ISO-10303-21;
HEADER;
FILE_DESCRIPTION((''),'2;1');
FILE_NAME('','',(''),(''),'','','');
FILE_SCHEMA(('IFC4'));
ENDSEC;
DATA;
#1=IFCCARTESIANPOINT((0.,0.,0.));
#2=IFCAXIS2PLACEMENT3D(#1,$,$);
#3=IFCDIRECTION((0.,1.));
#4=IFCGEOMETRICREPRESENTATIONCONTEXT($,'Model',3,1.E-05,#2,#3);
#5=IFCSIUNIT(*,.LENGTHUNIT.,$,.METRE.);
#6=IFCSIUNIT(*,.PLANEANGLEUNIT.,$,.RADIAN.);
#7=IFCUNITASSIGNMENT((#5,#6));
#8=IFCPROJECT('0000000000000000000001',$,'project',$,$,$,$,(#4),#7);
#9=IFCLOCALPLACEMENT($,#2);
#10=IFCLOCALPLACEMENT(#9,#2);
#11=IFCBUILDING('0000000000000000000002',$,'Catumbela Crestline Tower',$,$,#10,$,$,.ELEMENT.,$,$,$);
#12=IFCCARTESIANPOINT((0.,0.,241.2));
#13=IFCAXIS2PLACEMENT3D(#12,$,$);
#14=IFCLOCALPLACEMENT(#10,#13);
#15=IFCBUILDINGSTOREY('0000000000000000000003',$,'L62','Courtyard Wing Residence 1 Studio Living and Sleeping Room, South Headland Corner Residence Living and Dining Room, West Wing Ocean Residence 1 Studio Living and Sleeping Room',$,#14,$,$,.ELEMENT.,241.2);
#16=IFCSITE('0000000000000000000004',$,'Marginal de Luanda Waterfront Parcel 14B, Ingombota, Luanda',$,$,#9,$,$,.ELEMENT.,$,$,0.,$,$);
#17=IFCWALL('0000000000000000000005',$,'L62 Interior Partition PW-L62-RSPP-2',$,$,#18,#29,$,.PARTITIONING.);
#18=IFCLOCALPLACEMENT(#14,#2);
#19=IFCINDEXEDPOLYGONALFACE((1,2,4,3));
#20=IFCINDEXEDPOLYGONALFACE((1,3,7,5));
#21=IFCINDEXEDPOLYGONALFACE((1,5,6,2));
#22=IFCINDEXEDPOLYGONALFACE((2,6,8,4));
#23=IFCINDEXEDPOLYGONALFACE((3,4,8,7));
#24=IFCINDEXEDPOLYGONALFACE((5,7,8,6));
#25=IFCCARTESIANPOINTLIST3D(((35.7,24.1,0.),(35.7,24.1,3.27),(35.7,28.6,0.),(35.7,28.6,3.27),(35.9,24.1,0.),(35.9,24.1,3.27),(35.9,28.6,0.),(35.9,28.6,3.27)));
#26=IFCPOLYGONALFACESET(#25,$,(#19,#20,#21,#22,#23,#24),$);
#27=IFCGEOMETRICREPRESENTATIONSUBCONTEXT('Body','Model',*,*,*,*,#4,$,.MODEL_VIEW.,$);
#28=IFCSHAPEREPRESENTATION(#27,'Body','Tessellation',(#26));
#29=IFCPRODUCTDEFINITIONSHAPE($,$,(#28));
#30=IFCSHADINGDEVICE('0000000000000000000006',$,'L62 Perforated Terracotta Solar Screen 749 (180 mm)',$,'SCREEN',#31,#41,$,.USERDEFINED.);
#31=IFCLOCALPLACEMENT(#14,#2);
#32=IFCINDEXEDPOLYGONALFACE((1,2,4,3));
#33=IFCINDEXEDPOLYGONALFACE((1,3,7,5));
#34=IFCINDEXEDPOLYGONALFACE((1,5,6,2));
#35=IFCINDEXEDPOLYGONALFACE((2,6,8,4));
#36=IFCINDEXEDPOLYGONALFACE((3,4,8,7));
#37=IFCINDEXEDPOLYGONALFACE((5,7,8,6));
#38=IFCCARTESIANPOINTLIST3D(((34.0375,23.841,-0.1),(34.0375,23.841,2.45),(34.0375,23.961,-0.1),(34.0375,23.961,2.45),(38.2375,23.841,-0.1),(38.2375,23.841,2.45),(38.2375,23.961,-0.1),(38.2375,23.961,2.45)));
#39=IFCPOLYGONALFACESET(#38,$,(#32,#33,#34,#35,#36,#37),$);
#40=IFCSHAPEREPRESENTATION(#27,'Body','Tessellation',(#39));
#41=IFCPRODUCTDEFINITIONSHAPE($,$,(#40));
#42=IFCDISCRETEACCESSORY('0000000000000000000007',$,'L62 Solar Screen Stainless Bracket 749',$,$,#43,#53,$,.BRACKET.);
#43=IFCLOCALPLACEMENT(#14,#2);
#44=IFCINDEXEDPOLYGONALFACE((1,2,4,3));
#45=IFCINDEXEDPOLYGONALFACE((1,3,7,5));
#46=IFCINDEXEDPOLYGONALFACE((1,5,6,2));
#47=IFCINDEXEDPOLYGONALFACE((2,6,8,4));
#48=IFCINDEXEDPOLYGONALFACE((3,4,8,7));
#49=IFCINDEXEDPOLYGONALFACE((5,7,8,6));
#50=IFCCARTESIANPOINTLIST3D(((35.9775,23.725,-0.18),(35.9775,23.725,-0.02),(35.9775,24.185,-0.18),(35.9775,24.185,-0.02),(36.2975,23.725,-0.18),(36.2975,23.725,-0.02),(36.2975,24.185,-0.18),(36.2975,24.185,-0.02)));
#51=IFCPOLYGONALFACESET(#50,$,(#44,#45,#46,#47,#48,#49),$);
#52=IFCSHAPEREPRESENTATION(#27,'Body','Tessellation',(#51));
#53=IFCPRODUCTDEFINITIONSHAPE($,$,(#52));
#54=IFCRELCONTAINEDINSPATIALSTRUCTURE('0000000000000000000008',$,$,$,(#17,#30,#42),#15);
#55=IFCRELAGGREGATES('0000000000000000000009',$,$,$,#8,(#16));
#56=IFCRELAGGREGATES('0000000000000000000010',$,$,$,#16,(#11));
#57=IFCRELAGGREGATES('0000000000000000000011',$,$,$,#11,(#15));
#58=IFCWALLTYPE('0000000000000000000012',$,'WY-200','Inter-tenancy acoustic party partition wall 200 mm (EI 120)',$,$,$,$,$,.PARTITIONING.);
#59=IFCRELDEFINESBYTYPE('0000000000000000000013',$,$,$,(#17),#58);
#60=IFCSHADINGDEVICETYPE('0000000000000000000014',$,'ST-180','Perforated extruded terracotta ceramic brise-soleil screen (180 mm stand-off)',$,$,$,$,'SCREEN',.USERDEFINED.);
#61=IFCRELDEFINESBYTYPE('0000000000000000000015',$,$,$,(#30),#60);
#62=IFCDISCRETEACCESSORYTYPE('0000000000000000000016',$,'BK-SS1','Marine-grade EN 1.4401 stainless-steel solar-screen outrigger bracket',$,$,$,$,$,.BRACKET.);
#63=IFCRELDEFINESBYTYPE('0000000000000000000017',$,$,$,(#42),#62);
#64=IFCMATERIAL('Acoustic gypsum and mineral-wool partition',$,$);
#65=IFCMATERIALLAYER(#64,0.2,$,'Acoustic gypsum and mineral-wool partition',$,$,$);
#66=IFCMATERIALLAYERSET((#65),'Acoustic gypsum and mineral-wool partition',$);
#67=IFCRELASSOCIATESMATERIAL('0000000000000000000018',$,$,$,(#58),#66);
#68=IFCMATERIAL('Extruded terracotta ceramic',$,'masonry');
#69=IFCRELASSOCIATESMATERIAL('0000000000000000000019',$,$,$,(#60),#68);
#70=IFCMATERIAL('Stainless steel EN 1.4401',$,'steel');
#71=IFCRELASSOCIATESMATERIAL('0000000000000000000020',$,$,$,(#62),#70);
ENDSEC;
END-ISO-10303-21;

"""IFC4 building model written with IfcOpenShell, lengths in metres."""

from ifc_helpers import new_model, si_unit, direction, frame, frame_2d, origin, origin_2d, place, context, subcontext, project, spatial, rectangle, extrude, material, layer, layer_set, type_object, element, save


model = new_model("IFC4")

# Units and contexts
model_context = context("Model", 3, precision=1e-05, world=origin(), true_north=direction((0.0, 1.0)))
body_context = subcontext(model_context, "Body", "Model", "MODEL_VIEW")
ifc_project = project(units=[si_unit("LENGTHUNIT", "METRE"), si_unit("PLANEANGLEUNIT", "RADIAN")], contexts=[model_context])

# Site, building, storey
site_placement = place(None, origin())
site = spatial("IfcSite", under=ifc_project, at=site_placement, Name="Marginal de Luanda Waterfront Parcel 14B, Ingombota, Luanda", CompositionType="ELEMENT", RefElevation=0.0)
building_placement = place(site_placement, origin())
building = spatial("IfcBuilding", under=site, at=building_placement, Name="Catumbela Crestline Tower", CompositionType="ELEMENT")
storey_placement = place(building_placement, frame((0.0, 0.0, 241.2)))
storey = spatial("IfcBuildingStorey", under=building, at=storey_placement, Name="L62", Description="Courtyard Wing Residence 1 Studio Living and Sleeping Room, South Headland Corner Residence Living and Dining Room, West Wing Ocean Residence 1 Studio Living and Sleeping Room", CompositionType="ELEMENT", Elevation=241.2)

# Wall
ifc_material_1 = material(Name="Acoustic gypsum and mineral-wool partition")
ifc_layer_1 = layer(ifc_material_1, 0.2, Name="Acoustic gypsum and mineral-wool partition")
ifc_layer_set_1 = layer_set([ifc_layer_1], Name="Acoustic gypsum and mineral-wool partition")
wall_type_1 = type_object("IfcWallType", Name="WY-200", Description="Inter-tenancy acoustic party partition wall 200 mm (EI 120)", PredefinedType="PARTITIONING", material=ifc_layer_set_1)
wall_1_placement = place(storey_placement, frame((35.8, 24.1, 0.0), z_axis=(0.0, 0.0, 1.0), x_axis=(0.0, 1.0, 0.0)))
element("IfcWall", 1, at=wall_1_placement, inside=storey, type_object=wall_type_1, Name="L62 Interior Partition PW-L62-RSPP-2", PredefinedType="PARTITIONING", context=body_context, shape_type="SweptSolid", body=[
    extrude(rectangle(XDim=4.5, YDim=0.2, at=frame_2d((2.25, 0.0))), origin(), (0.0, 0.0, 1.0), 3.27),
])

# Shared definitions
ifc_material_2 = material(Name="Stainless steel EN 1.4401", Category="steel")

# Shading device
ifc_material_3 = material(Name="Extruded terracotta ceramic", Category="masonry")
shading_device_type = type_object("IfcShadingDeviceType", Name="ST-180", Description="Perforated extruded terracotta ceramic brise-soleil screen (180 mm stand-off)", ElementType="SCREEN", PredefinedType="USERDEFINED", material=ifc_material_3)
shading_device_placement = place(storey_placement, frame((36.1375, 23.901, -0.1), z_axis=(0.0, 0.0, 1.0), x_axis=(1.0, 0.0, 0.0)))
element("IfcShadingDevice", 2, at=shading_device_placement, inside=storey, type_object=shading_device_type, Name="L62 Perforated Terracotta Solar Screen 749 (180 mm)", ObjectType="SCREEN", PredefinedType="USERDEFINED", context=body_context, shape_type="SweptSolid", body=[
    extrude(rectangle(XDim=4.2, YDim=0.12, at=origin_2d()), origin(), (0.0, 0.0, 1.0), 2.55),
])

# Discrete accessory
discrete_accessory_type = type_object("IfcDiscreteAccessoryType", Name="BK-SS1", Description="Marine-grade EN 1.4401 stainless-steel solar-screen outrigger bracket", PredefinedType="BRACKET", material=ifc_material_2)
discrete_accessory_placement = place(storey_placement, frame((36.1375, 23.955, -0.18), z_axis=(0.0, 0.0, 1.0), x_axis=(1.0, 0.0, 0.0)))
element("IfcDiscreteAccessory", 3, at=discrete_accessory_placement, inside=storey, type_object=discrete_accessory_type, Name="L62 Solar Screen Stainless Bracket 749", PredefinedType="BRACKET", context=body_context, shape_type="SweptSolid", body=[
    extrude(rectangle(XDim=0.32, YDim=0.46, at=origin_2d()), origin(), (0.0, 0.0, 1.0), 0.16),
])

save(model, "model.ifc")
